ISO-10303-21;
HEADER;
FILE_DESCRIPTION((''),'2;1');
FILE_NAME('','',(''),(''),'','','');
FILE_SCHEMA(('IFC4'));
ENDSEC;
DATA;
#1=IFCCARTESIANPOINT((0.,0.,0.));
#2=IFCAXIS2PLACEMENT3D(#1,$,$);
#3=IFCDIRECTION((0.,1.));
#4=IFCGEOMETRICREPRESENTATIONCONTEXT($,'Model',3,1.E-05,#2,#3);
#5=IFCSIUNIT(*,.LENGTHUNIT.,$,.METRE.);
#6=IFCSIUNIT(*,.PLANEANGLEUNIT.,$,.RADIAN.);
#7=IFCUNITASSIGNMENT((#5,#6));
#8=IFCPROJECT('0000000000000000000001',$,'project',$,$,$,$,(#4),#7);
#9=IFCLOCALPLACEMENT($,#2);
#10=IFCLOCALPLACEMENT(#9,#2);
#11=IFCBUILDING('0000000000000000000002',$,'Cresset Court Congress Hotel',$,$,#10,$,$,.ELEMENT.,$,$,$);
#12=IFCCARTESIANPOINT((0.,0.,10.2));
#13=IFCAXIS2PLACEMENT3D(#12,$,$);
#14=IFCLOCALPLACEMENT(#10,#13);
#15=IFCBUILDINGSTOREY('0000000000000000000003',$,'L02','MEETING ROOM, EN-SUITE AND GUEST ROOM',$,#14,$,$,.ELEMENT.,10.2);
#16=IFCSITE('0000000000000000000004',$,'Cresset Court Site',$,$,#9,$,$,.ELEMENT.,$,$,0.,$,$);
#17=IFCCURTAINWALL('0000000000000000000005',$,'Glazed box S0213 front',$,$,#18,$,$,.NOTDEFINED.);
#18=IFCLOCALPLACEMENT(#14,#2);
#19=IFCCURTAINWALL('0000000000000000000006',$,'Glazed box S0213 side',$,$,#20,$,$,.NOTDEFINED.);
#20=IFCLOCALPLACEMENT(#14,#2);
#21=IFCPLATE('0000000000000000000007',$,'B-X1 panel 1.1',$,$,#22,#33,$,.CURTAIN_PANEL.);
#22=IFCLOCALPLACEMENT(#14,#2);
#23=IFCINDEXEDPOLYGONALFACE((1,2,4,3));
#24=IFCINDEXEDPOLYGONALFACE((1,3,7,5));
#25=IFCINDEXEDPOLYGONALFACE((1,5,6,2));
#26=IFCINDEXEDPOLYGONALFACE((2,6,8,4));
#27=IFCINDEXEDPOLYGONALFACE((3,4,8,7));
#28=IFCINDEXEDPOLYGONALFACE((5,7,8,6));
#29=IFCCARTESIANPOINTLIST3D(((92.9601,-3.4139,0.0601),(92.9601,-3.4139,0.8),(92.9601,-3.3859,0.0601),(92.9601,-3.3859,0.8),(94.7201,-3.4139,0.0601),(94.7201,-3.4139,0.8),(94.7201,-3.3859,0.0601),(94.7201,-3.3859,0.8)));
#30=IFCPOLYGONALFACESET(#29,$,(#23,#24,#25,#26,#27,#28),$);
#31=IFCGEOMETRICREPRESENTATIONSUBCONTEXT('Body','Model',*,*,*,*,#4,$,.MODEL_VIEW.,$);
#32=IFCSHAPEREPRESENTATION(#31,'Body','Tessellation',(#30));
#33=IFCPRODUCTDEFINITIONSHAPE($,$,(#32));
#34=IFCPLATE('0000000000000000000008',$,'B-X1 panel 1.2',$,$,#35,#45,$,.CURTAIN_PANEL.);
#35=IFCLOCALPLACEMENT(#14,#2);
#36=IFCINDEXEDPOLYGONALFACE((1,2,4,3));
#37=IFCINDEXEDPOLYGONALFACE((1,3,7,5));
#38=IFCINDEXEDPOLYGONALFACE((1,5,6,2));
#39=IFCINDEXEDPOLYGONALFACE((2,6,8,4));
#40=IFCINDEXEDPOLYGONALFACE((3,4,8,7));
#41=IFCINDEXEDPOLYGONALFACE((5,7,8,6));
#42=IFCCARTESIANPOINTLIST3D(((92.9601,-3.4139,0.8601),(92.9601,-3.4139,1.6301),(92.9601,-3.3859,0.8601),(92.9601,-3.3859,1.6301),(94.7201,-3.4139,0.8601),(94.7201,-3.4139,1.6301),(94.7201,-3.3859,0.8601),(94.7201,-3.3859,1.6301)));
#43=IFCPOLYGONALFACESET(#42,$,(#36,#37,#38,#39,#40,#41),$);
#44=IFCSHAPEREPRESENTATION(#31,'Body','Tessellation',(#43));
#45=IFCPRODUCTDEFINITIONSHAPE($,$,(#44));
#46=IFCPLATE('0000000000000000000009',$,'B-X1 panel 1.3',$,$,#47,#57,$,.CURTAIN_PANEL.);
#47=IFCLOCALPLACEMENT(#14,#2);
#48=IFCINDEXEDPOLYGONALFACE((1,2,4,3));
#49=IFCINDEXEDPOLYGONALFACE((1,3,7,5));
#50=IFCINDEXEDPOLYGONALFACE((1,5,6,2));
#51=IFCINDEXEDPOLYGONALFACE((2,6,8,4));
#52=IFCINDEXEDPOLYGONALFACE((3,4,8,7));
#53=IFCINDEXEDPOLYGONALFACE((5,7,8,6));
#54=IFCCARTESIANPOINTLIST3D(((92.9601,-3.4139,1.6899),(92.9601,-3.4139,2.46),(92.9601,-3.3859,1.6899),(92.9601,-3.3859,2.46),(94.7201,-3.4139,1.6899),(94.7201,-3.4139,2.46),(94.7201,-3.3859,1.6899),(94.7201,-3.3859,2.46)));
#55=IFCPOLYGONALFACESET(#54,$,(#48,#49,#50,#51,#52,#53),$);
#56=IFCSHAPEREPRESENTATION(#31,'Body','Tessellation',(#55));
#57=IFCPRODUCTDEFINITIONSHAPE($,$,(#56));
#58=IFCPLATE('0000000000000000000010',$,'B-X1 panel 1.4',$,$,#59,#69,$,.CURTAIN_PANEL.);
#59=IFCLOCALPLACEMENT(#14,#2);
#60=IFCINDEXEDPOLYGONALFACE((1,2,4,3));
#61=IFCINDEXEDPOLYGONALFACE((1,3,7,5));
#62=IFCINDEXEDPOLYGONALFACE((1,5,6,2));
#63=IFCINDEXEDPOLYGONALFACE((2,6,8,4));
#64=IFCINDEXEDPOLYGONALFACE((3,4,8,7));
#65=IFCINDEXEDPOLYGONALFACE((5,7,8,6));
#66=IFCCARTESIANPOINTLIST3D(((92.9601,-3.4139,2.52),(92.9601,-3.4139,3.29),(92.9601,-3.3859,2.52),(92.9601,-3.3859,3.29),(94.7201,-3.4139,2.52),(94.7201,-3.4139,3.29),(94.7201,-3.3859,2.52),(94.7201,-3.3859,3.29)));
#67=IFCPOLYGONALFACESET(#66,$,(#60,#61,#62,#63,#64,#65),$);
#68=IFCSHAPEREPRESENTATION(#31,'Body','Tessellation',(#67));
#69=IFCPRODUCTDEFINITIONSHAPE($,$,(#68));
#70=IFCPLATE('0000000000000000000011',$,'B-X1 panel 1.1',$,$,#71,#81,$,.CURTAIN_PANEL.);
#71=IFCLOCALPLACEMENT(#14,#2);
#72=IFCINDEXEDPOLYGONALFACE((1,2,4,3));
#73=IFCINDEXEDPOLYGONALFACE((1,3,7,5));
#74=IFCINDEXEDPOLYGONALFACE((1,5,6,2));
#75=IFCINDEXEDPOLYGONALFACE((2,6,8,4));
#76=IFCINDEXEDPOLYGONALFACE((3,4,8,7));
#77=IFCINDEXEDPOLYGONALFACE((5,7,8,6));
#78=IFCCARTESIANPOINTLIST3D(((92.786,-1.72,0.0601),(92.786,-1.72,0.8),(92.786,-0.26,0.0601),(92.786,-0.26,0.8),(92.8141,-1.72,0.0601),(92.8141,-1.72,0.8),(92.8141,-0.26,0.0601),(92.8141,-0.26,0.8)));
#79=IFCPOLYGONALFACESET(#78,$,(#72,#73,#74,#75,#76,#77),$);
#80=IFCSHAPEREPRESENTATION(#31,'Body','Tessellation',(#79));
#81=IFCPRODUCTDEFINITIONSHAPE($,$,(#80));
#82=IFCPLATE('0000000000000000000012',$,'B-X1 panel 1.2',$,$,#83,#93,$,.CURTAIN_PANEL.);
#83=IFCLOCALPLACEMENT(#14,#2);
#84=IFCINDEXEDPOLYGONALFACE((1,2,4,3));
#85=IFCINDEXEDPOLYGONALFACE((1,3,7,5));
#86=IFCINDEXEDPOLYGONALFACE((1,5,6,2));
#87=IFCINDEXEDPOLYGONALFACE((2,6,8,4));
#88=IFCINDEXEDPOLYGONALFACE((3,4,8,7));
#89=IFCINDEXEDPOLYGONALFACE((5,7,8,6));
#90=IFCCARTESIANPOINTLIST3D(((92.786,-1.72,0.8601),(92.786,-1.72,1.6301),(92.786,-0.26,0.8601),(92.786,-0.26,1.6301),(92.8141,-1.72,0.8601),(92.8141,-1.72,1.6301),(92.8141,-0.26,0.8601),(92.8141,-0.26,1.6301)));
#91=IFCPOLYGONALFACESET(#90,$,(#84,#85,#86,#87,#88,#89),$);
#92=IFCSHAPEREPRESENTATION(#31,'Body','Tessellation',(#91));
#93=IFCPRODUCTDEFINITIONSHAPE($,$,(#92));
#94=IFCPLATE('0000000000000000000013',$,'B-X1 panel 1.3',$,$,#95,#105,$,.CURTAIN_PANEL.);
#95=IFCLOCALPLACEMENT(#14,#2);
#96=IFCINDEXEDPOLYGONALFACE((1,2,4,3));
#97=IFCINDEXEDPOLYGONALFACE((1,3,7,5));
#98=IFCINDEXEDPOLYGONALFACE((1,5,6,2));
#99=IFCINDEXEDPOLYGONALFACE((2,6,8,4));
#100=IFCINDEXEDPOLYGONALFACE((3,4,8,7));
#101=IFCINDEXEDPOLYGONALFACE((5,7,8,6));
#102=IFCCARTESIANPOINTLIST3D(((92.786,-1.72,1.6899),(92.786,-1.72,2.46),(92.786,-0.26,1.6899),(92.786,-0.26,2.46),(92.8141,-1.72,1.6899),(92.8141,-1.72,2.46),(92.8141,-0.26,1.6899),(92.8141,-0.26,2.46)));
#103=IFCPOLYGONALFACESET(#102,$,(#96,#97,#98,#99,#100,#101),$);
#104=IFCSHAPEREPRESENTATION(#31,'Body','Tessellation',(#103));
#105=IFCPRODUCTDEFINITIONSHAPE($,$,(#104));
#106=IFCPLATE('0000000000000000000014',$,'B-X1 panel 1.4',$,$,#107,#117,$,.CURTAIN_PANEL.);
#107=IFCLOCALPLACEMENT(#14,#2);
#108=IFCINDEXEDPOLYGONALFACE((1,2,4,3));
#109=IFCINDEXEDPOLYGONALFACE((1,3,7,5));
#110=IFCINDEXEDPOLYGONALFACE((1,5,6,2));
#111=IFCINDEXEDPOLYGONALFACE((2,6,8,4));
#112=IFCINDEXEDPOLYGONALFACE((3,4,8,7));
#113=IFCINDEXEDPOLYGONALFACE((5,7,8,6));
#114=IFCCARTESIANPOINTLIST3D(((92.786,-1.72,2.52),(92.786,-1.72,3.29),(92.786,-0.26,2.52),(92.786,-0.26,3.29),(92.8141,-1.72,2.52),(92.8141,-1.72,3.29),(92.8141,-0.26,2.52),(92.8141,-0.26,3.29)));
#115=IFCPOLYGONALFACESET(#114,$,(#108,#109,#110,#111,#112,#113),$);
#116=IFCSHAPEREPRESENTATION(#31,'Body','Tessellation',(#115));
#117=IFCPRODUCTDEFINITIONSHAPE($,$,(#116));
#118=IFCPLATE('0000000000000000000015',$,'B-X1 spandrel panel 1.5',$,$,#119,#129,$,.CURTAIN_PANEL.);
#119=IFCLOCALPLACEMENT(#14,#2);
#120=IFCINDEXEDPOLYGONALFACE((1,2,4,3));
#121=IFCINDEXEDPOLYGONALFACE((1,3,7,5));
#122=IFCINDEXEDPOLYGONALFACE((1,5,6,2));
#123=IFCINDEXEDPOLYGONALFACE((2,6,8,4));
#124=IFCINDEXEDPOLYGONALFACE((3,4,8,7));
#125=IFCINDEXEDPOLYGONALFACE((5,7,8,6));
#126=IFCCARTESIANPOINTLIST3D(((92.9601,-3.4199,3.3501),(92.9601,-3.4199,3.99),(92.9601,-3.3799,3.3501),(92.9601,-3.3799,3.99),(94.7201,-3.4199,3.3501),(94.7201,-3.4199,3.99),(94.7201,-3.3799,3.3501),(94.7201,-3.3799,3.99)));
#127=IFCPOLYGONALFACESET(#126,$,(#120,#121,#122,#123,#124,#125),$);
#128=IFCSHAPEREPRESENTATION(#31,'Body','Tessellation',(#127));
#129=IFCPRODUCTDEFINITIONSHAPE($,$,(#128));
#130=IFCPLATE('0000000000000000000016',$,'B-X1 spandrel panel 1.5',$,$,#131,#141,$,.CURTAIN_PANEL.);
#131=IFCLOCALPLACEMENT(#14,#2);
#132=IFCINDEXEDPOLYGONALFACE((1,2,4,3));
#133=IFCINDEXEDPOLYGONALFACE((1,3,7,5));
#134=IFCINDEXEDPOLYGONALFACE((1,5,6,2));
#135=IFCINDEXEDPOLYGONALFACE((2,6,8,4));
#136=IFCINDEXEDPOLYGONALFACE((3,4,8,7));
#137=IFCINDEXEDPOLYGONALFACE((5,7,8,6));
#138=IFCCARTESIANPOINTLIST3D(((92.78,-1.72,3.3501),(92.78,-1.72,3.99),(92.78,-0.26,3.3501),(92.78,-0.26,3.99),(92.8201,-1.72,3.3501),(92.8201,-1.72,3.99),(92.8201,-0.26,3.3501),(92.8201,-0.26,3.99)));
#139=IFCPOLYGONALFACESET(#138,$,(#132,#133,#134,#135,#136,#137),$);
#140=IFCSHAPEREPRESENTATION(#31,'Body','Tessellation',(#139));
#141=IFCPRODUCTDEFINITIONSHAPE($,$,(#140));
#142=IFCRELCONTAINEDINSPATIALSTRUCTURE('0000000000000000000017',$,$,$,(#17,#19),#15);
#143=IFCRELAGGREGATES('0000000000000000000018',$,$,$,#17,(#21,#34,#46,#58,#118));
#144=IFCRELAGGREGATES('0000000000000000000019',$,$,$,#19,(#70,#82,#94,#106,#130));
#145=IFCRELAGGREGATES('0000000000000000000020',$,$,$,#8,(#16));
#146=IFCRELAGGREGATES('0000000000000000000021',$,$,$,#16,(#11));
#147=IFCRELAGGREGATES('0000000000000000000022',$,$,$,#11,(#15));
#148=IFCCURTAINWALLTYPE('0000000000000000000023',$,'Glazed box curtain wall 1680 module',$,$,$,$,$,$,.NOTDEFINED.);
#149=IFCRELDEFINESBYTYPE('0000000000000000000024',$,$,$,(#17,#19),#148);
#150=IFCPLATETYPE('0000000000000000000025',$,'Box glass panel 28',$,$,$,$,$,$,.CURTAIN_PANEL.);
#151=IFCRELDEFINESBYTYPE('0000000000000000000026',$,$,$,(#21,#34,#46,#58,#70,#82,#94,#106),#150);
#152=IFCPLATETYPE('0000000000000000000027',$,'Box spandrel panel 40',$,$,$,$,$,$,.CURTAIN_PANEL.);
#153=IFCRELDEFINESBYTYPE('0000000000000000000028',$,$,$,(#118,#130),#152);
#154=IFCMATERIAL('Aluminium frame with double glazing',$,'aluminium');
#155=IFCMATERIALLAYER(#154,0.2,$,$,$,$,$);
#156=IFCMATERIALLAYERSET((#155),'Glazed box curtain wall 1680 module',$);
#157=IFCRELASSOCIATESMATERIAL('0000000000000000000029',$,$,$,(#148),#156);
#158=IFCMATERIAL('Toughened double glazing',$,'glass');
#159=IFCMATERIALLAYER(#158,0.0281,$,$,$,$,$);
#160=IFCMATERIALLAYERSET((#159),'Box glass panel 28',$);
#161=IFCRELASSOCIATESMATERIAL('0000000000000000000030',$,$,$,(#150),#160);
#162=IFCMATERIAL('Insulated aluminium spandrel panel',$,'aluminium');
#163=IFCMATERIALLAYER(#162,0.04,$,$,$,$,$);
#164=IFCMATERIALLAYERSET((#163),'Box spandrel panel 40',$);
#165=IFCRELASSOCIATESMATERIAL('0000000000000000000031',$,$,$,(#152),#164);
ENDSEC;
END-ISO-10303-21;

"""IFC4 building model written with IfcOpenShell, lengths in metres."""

from ifc_helpers import new_model, si_unit, direction, frame, origin, origin_2d, place, context, subcontext, project, spatial, rectangle, extrude, material, layer, layer_set, type_object, element, aggregate, save


model = new_model("IFC4")

# Units and contexts
model_context = context("Model", 3, precision=1e-05, world=origin(), true_north=direction((0.0, 1.0)))
body_context = subcontext(model_context, "Body", "Model", "MODEL_VIEW")
ifc_project = project(units=[si_unit("LENGTHUNIT", "METRE"), si_unit("PLANEANGLEUNIT", "RADIAN")], contexts=[model_context])

# Site, building, storey
site_placement = place(None, origin())
site = spatial("IfcSite", under=ifc_project, at=site_placement, Name="Cresset Court Site", CompositionType="ELEMENT", RefElevation=0.0)
building_placement = place(site_placement, origin())
building = spatial("IfcBuilding", under=site, at=building_placement, Name="Cresset Court Congress Hotel", CompositionType="ELEMENT")
storey_placement = place(building_placement, frame((0.0, 0.0, 10.2)))
storey = spatial("IfcBuildingStorey", under=building, at=storey_placement, Name="L02", Description="MEETING ROOM, EN-SUITE AND GUEST ROOM", CompositionType="ELEMENT", Elevation=10.2)

# Curtain wall
ifc_material_1 = material(Name="Aluminium frame with double glazing", Category="aluminium")
ifc_layer_1 = layer(ifc_material_1, 0.2)
ifc_layer_set_1 = layer_set([ifc_layer_1], Name="Glazed box curtain wall 1680 module")
curtain_wall_type = type_object("IfcCurtainWallType", Name="Glazed box curtain wall 1680 module", PredefinedType="NOTDEFINED", material=ifc_layer_set_1)
curtain_wall_1_placement = place(storey_placement, origin())
curtain_wall_1 = element("IfcCurtainWall", 1, at=curtain_wall_1_placement, inside=storey, type_object=curtain_wall_type, Name="Glazed box S0213 front", PredefinedType="NOTDEFINED")

# Curtain wall
curtain_wall_2_placement = place(storey_placement, origin())
curtain_wall_2 = element("IfcCurtainWall", 2, at=curtain_wall_2_placement, inside=storey, type_object=curtain_wall_type, Name="Glazed box S0213 side", PredefinedType="NOTDEFINED")

# Plates
ifc_material_2 = material(Name="Toughened double glazing", Category="glass")
ifc_layer_2 = layer(ifc_material_2, 0.0281)
ifc_layer_set_2 = layer_set([ifc_layer_2], Name="Box glass panel 28")
plate_type_1 = type_object("IfcPlateType", Name="Box glass panel 28", PredefinedType="CURTAIN_PANEL", material=ifc_layer_set_2)
plate_1_placement = place(storey_placement, frame((93.8401, -3.3999, 0.0601), z_axis=(0.0, 0.0, 1.0), x_axis=(1.0, 0.0, 0.0)))
plate_1 = element("IfcPlate", 3, at=plate_1_placement, type_object=plate_type_1, Name="B-X1 panel 1.1", PredefinedType="CURTAIN_PANEL", context=body_context, shape_type="SweptSolid", body=[
    extrude(rectangle(XDim=1.76, YDim=0.0281, at=origin_2d()), origin(), (0.0, 0.0, 1.0), 0.74),
])
plate_2_placement = place(storey_placement, frame((93.8401, -3.3999, 0.8601), z_axis=(0.0, 0.0, 1.0), x_axis=(1.0, 0.0, 0.0)))
plate_2 = element("IfcPlate", 4, at=plate_2_placement, type_object=plate_type_1, Name="B-X1 panel 1.2", PredefinedType="CURTAIN_PANEL", context=body_context, shape_type="SweptSolid", body=[
    extrude(rectangle(XDim=1.76, YDim=0.0281, at=origin_2d()), origin(), (0.0, 0.0, 1.0), 0.77),
])
plate_3_placement = place(storey_placement, frame((93.8401, -3.3999, 1.6899), z_axis=(0.0, 0.0, 1.0), x_axis=(1.0, 0.0, 0.0)))
plate_3 = element("IfcPlate", 5, at=plate_3_placement, type_object=plate_type_1, Name="B-X1 panel 1.3", PredefinedType="CURTAIN_PANEL", context=body_context, shape_type="SweptSolid", body=[
    extrude(rectangle(XDim=1.76, YDim=0.0281, at=origin_2d()), origin(), (0.0, 0.0, 1.0), 0.77),
])
plate_4_placement = place(storey_placement, frame((93.8401, -3.3999, 2.52), z_axis=(0.0, 0.0, 1.0), x_axis=(1.0, 0.0, 0.0)))
plate_4 = element("IfcPlate", 6, at=plate_4_placement, type_object=plate_type_1, Name="B-X1 panel 1.4", PredefinedType="CURTAIN_PANEL", context=body_context, shape_type="SweptSolid", body=[
    extrude(rectangle(XDim=1.76, YDim=0.0281, at=origin_2d()), origin(), (0.0, 0.0, 1.0), 0.77),
])
plate_5_placement = place(storey_placement, frame((92.8, -0.99, 0.0601), z_axis=(0.0, 0.0, 1.0), x_axis=(0.0, -1.0, 0.0)))
plate_5 = element("IfcPlate", 7, at=plate_5_placement, type_object=plate_type_1, Name="B-X1 panel 1.1", PredefinedType="CURTAIN_PANEL", context=body_context, shape_type="SweptSolid", body=[
    extrude(rectangle(XDim=1.46, YDim=0.0281, at=origin_2d()), origin(), (0.0, 0.0, 1.0), 0.74),
])
plate_6_placement = place(storey_placement, frame((92.8, -0.99, 0.8601), z_axis=(0.0, 0.0, 1.0), x_axis=(0.0, -1.0, 0.0)))
plate_6 = element("IfcPlate", 8, at=plate_6_placement, type_object=plate_type_1, Name="B-X1 panel 1.2", PredefinedType="CURTAIN_PANEL", context=body_context, shape_type="SweptSolid", body=[
    extrude(rectangle(XDim=1.46, YDim=0.0281, at=origin_2d()), origin(), (0.0, 0.0, 1.0), 0.77),
])
plate_7_placement = place(storey_placement, frame((92.8, -0.99, 1.6899), z_axis=(0.0, 0.0, 1.0), x_axis=(0.0, -1.0, 0.0)))
plate_7 = element("IfcPlate", 9, at=plate_7_placement, type_object=plate_type_1, Name="B-X1 panel 1.3", PredefinedType="CURTAIN_PANEL", context=body_context, shape_type="SweptSolid", body=[
    extrude(rectangle(XDim=1.46, YDim=0.0281, at=origin_2d()), origin(), (0.0, 0.0, 1.0), 0.77),
])
plate_8_placement = place(storey_placement, frame((92.8, -0.99, 2.52), z_axis=(0.0, 0.0, 1.0), x_axis=(0.0, -1.0, 0.0)))
plate_8 = element("IfcPlate", 10, at=plate_8_placement, type_object=plate_type_1, Name="B-X1 panel 1.4", PredefinedType="CURTAIN_PANEL", context=body_context, shape_type="SweptSolid", body=[
    extrude(rectangle(XDim=1.46, YDim=0.0281, at=origin_2d()), origin(), (0.0, 0.0, 1.0), 0.77),
])
ifc_material_3 = material(Name="Insulated aluminium spandrel panel", Category="aluminium")
ifc_layer_3 = layer(ifc_material_3, 0.04)
ifc_layer_set_3 = layer_set([ifc_layer_3], Name="Box spandrel panel 40")
plate_type_2 = type_object("IfcPlateType", Name="Box spandrel panel 40", PredefinedType="CURTAIN_PANEL", material=ifc_layer_set_3)
plate_9_placement = place(storey_placement, frame((93.8401, -3.3999, 3.3501), z_axis=(0.0, 0.0, 1.0), x_axis=(1.0, 0.0, 0.0)))
plate_9 = element("IfcPlate", 11, at=plate_9_placement, type_object=plate_type_2, Name="B-X1 spandrel panel 1.5", PredefinedType="CURTAIN_PANEL", context=body_context, shape_type="SweptSolid", body=[
    extrude(rectangle(XDim=1.76, YDim=0.04, at=origin_2d()), origin(), (0.0, 0.0, 1.0), 0.6399),
])
aggregate(curtain_wall_1, [plate_1, plate_2, plate_3, plate_4, plate_9])
plate_10_placement = place(storey_placement, frame((92.8, -0.99, 3.3501), z_axis=(0.0, 0.0, 1.0), x_axis=(0.0, -1.0, 0.0)))
plate_10 = element("IfcPlate", 12, at=plate_10_placement, type_object=plate_type_2, Name="B-X1 spandrel panel 1.5", PredefinedType="CURTAIN_PANEL", context=body_context, shape_type="SweptSolid", body=[
    extrude(rectangle(XDim=1.46, YDim=0.04, at=origin_2d()), origin(), (0.0, 0.0, 1.0), 0.6399),
])
aggregate(curtain_wall_2, [plate_5, plate_6, plate_7, plate_8, plate_10])

save(model, "model.ifc")
